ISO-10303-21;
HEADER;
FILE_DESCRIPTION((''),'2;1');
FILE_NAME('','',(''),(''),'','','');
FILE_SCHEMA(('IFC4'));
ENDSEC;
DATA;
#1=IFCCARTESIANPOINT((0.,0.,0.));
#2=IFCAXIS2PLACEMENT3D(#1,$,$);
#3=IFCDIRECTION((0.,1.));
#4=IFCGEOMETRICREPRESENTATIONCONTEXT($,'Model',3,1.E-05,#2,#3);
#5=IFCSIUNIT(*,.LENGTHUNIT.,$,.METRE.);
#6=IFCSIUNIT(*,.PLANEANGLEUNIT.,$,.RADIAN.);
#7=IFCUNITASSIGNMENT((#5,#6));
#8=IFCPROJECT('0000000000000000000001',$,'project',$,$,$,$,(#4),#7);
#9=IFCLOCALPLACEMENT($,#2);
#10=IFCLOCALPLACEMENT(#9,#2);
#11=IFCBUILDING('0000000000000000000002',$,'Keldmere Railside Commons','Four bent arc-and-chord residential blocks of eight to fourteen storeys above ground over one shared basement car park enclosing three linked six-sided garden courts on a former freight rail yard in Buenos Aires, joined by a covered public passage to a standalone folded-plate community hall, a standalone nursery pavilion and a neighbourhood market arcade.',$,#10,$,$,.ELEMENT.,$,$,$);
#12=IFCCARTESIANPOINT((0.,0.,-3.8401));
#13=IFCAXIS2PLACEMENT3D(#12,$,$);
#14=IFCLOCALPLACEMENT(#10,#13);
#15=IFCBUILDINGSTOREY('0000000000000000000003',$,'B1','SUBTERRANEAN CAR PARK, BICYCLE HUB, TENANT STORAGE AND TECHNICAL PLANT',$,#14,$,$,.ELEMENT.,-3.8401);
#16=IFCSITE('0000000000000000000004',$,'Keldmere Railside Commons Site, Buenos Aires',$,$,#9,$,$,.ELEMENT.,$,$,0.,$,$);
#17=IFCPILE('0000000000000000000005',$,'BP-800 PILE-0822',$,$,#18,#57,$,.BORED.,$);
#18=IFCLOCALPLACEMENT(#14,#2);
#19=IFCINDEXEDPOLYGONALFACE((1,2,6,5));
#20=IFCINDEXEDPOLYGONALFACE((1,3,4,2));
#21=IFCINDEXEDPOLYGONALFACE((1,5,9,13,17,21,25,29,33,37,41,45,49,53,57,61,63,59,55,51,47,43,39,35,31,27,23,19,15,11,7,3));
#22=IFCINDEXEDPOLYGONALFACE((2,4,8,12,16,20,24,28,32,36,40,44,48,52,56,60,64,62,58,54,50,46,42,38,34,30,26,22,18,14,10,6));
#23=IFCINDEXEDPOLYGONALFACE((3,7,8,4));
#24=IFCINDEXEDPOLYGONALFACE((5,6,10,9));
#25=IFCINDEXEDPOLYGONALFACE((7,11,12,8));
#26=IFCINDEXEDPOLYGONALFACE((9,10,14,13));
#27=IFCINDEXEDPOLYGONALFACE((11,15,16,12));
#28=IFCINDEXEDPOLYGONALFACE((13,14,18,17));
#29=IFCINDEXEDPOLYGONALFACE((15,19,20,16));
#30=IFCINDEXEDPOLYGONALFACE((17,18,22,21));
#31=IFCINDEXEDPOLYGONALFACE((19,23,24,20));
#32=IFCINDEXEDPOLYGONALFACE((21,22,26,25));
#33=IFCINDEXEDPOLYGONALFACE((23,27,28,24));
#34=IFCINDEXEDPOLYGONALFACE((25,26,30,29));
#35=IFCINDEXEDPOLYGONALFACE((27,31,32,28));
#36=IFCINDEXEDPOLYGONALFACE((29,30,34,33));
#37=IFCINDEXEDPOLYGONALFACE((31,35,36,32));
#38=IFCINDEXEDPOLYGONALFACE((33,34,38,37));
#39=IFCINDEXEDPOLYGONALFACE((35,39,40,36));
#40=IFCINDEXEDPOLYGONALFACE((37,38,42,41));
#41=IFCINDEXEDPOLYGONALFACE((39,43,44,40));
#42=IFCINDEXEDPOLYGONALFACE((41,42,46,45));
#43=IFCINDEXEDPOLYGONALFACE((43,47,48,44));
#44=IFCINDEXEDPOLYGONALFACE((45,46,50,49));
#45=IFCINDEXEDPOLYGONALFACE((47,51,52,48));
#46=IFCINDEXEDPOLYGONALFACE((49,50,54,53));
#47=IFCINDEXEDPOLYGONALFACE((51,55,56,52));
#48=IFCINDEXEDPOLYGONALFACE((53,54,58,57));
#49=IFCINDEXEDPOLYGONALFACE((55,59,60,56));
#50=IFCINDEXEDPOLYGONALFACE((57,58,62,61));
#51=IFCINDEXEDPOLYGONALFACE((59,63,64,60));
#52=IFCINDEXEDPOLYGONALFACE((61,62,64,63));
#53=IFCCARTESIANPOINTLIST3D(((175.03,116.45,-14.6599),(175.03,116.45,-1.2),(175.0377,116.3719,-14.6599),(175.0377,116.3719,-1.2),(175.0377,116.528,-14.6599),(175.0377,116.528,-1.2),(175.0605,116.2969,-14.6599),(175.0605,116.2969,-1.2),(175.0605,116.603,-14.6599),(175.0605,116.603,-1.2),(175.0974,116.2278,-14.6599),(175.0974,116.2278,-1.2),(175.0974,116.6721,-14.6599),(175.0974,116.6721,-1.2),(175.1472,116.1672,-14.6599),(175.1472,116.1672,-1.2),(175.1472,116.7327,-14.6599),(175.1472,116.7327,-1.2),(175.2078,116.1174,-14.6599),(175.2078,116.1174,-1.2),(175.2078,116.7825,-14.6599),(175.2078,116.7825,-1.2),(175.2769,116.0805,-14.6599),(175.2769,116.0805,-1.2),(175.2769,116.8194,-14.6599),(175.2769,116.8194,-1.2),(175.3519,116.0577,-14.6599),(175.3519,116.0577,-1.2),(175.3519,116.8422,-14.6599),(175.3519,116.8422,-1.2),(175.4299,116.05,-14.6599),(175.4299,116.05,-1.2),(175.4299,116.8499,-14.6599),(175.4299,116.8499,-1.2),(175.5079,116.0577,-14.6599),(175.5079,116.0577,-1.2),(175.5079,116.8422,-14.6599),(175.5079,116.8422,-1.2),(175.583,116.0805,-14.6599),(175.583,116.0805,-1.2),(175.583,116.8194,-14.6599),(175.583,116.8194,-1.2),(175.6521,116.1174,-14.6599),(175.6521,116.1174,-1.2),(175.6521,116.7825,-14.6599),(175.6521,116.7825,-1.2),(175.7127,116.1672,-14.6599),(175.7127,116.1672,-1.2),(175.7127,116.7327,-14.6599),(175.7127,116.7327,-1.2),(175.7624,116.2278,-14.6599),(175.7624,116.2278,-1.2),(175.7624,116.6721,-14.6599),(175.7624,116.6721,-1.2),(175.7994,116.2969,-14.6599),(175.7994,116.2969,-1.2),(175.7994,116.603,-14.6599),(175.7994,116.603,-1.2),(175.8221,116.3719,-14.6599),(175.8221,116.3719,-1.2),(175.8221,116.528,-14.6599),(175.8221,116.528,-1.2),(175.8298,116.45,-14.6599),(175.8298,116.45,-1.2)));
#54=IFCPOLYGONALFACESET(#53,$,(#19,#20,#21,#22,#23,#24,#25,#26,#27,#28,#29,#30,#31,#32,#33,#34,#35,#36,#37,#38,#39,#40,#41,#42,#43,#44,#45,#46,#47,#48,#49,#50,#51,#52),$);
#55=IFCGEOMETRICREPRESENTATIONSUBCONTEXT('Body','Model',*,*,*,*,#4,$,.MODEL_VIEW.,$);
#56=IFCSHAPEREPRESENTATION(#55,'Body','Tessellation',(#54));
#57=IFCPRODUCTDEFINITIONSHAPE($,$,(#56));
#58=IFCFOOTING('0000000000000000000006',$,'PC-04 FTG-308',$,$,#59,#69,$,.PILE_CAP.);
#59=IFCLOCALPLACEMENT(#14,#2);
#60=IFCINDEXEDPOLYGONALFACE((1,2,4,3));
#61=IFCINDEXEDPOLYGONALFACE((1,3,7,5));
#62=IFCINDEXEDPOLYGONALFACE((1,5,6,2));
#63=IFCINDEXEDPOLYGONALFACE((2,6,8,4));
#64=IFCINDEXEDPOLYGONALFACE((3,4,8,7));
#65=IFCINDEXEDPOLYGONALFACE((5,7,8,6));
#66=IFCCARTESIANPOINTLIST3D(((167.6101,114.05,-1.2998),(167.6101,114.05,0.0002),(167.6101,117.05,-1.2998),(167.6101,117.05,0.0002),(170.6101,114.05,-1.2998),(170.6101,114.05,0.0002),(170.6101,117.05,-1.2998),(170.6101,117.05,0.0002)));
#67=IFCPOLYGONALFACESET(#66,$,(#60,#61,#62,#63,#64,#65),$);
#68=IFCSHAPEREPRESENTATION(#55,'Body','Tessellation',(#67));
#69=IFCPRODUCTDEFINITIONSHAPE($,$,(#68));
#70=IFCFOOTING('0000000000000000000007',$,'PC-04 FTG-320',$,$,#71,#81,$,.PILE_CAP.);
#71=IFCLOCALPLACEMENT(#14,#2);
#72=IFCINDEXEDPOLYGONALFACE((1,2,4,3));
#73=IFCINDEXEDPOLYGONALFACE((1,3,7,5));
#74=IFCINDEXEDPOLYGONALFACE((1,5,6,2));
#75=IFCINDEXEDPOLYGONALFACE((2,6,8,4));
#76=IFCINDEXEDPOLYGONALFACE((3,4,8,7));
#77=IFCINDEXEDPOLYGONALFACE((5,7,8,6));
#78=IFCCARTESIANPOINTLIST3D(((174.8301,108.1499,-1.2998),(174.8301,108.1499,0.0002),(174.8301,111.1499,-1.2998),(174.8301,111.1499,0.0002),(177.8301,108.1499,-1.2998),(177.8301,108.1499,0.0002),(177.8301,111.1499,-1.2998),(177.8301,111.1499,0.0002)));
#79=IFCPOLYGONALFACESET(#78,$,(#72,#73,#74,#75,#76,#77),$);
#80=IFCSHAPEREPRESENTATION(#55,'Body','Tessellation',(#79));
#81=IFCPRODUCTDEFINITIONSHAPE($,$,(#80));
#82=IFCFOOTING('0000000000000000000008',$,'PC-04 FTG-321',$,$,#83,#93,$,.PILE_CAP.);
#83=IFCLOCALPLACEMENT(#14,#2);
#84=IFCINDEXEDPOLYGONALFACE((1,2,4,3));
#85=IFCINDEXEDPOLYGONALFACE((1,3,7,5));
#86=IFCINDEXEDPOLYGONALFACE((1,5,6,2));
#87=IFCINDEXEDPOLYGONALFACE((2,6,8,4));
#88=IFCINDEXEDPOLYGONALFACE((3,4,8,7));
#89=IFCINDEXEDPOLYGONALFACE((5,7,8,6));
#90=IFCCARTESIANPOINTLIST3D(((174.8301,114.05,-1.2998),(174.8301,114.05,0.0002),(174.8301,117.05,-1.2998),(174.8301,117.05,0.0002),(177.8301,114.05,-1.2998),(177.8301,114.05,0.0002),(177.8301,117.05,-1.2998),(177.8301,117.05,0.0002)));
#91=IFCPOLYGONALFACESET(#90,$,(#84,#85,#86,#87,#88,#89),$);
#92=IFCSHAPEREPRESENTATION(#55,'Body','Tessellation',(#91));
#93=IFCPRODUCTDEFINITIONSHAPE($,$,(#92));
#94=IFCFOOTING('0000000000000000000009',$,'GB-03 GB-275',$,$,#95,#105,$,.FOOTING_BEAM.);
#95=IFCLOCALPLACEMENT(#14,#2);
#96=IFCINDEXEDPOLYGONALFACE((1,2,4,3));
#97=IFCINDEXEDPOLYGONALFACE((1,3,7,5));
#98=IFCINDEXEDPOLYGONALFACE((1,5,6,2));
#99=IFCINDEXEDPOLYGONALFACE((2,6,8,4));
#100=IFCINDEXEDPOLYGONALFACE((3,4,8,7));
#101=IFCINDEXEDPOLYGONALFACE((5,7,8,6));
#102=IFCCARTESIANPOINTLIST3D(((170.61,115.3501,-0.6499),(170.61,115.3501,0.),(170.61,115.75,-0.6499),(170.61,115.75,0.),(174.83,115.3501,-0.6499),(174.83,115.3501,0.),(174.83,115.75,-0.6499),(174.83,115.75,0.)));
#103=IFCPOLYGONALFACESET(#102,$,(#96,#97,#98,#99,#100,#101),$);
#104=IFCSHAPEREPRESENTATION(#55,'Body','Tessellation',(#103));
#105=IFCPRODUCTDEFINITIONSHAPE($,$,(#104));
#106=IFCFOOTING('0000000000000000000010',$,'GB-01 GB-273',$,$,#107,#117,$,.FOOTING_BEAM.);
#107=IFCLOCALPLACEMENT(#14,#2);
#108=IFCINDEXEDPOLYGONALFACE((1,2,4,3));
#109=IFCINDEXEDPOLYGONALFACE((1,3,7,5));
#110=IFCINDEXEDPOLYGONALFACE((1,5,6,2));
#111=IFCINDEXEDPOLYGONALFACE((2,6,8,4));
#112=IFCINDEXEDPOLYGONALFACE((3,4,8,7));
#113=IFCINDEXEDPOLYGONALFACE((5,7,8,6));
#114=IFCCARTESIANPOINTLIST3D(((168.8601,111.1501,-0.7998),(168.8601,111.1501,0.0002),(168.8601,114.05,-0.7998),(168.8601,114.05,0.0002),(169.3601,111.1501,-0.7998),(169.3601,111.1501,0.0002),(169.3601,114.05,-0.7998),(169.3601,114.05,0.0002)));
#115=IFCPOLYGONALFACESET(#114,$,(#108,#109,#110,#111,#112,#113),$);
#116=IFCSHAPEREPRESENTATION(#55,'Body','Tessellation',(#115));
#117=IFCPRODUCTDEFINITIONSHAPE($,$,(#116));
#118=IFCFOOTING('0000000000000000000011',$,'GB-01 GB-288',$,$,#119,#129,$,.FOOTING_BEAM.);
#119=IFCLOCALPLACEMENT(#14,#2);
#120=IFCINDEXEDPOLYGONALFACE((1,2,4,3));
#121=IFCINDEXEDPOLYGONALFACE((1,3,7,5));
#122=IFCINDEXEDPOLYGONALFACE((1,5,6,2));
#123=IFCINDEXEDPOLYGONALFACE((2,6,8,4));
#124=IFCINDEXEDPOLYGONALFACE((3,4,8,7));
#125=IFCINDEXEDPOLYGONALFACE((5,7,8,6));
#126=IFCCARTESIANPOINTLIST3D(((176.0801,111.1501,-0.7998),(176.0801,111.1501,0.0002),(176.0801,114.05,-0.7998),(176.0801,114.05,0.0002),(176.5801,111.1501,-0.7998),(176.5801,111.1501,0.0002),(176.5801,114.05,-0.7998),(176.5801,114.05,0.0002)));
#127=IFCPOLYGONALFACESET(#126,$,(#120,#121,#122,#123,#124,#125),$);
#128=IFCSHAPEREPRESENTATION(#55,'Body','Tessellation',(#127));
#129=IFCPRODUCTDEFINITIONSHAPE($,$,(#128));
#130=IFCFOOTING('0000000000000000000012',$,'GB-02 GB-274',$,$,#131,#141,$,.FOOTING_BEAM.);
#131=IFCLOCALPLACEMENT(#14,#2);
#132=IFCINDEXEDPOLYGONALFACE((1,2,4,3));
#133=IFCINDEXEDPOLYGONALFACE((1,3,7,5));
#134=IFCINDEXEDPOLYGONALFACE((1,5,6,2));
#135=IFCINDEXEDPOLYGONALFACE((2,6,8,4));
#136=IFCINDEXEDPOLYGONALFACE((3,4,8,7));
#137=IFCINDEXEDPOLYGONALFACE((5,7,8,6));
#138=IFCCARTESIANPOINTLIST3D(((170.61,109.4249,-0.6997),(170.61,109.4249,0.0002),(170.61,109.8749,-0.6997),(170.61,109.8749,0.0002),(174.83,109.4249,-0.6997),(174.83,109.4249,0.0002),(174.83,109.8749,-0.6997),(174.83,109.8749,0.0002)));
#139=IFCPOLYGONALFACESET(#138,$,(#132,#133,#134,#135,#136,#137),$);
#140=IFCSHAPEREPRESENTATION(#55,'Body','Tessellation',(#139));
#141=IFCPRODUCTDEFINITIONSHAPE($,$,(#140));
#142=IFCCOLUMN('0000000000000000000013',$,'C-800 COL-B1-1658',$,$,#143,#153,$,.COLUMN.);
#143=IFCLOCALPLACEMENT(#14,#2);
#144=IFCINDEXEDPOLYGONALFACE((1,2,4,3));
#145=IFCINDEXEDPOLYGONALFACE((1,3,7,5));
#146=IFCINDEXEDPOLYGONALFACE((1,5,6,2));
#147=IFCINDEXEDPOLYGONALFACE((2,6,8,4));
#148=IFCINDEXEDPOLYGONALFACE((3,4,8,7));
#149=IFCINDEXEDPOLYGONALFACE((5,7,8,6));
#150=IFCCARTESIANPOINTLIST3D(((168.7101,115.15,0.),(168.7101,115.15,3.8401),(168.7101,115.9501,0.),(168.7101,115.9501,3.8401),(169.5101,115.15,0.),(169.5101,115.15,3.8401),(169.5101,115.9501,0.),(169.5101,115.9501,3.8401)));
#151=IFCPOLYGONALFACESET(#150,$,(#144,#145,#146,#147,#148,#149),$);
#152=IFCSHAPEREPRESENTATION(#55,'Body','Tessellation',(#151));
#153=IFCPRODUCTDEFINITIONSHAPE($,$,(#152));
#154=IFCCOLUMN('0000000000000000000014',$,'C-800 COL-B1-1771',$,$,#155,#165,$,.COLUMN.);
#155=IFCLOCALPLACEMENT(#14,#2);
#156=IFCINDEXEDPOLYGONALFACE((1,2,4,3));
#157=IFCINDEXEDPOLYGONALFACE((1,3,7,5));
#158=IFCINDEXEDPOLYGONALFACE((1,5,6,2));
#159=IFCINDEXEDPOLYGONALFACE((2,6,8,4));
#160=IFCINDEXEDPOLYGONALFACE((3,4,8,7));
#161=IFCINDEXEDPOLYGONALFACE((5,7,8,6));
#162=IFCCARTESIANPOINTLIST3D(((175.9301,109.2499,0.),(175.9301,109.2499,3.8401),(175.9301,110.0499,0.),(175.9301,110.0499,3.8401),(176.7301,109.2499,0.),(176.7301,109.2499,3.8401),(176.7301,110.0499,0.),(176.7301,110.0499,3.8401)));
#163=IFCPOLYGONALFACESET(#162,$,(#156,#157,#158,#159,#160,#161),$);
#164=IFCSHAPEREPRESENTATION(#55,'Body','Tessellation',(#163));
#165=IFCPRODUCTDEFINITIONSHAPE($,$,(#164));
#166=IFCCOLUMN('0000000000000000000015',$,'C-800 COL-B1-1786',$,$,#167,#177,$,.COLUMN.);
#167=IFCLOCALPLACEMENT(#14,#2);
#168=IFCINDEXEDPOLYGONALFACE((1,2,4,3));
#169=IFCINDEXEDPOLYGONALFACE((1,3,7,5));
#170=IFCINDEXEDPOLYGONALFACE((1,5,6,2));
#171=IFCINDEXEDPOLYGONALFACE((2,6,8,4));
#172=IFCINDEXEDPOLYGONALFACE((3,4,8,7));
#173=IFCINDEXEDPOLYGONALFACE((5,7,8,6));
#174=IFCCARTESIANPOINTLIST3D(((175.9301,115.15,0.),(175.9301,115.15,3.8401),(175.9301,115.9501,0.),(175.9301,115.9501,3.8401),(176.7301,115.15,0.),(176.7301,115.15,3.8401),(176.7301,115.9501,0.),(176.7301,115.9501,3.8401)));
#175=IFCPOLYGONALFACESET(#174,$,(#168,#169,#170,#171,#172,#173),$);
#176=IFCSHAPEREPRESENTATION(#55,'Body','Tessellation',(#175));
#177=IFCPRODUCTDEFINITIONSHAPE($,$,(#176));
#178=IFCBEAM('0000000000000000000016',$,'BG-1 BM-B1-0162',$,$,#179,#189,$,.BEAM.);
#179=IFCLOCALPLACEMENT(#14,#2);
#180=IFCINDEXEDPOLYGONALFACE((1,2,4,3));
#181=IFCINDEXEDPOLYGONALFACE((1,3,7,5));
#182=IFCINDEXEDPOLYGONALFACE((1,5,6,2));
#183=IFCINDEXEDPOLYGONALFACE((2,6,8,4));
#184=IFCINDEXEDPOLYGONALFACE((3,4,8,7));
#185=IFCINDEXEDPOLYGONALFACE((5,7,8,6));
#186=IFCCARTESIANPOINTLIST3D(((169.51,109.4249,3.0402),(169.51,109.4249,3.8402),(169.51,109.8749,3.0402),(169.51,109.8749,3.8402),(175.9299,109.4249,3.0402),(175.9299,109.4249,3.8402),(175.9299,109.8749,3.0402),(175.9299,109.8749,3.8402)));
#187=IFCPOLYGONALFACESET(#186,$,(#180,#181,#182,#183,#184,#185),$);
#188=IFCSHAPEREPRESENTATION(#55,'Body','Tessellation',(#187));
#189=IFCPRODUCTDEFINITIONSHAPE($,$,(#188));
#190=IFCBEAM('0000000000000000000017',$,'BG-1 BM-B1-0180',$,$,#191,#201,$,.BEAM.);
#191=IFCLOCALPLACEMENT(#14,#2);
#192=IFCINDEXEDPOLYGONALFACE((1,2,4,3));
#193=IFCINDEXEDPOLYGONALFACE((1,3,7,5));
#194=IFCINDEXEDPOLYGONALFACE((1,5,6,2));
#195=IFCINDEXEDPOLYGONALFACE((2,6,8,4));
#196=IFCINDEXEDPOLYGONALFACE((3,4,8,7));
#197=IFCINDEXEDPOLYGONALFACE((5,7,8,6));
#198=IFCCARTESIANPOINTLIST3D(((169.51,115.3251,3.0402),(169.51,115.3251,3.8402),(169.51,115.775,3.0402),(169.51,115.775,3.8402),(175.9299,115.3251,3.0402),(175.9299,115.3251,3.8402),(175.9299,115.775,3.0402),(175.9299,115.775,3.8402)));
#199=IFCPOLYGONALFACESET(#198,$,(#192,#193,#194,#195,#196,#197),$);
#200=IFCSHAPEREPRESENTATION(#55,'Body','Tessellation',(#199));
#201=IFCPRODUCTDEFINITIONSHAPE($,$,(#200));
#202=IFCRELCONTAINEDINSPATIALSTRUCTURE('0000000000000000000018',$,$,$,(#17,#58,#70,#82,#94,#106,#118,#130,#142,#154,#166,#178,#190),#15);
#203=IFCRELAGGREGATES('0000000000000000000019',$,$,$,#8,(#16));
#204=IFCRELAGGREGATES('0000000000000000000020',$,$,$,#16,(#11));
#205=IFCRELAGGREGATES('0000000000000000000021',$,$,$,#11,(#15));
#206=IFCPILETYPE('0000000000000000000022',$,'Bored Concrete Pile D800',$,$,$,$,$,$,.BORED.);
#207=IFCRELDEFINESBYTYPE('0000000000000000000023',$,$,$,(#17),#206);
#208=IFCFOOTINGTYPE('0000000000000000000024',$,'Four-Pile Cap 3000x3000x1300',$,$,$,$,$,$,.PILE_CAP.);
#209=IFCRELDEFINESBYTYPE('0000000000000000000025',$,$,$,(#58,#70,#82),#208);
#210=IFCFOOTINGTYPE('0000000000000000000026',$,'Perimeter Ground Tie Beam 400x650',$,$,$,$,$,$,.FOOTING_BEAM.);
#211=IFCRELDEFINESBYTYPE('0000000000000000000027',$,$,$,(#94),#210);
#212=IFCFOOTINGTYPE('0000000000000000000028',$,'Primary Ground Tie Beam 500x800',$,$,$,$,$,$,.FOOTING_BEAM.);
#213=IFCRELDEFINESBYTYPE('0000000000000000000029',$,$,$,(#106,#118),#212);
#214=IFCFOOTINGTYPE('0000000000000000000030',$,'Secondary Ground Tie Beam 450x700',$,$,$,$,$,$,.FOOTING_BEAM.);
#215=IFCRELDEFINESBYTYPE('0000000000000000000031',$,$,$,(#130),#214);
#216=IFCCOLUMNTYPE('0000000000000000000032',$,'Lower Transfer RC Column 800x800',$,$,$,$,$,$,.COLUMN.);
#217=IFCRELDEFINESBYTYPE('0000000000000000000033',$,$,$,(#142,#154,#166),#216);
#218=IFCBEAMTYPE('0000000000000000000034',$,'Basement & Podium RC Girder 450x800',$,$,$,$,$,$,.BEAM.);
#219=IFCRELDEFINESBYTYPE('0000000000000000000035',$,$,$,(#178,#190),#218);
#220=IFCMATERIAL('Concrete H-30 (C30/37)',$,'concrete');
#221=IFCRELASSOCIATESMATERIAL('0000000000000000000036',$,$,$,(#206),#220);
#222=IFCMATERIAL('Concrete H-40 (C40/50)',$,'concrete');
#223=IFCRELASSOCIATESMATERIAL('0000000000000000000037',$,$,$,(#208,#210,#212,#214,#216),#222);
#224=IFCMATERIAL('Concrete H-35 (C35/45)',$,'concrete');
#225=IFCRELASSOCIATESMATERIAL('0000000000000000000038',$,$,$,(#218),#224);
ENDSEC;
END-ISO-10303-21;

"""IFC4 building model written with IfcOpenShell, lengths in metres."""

from ifc_helpers import new_model, si_unit, direction, frame, origin, origin_2d, place, context, subcontext, project, spatial, rectangle, circle, extrude, material, material_profile, profile_set, type_object, element, save


model = new_model("IFC4")

# Units and contexts
model_context = context("Model", 3, precision=1e-05, world=origin(), true_north=direction((0.0, 1.0)))
body_context = subcontext(model_context, "Body", "Model", "MODEL_VIEW")
ifc_project = project(units=[si_unit("LENGTHUNIT", "METRE"), si_unit("PLANEANGLEUNIT", "RADIAN")], contexts=[model_context])

# Site, building, storey
site_placement = place(None, origin())
site = spatial("IfcSite", under=ifc_project, at=site_placement, Name="Keldmere Railside Commons Site, Buenos Aires", CompositionType="ELEMENT", RefElevation=0.0)
building_placement = place(site_placement, origin())
building = spatial("IfcBuilding", under=site, at=building_placement, Name="Keldmere Railside Commons", Description="Four bent arc-and-chord residential blocks of eight to fourteen storeys above ground over one shared basement car park enclosing three linked six-sided garden courts on a former freight rail yard in Buenos Aires, joined by a covered public passage to a standalone folded-plate community hall, a standalone nursery pavilion and a neighbourhood market arcade.", CompositionType="ELEMENT")
storey_placement = place(building_placement, frame((0.0, 0.0, -3.8401)))
storey = spatial("IfcBuildingStorey", under=building, at=storey_placement, Name="B1", Description="SUBTERRANEAN CAR PARK, BICYCLE HUB, TENANT STORAGE AND TECHNICAL PLANT", CompositionType="ELEMENT", Elevation=-3.8401)

# Pile
ifc_material_1 = material(Name="Concrete H-30 (C30/37)", Category="concrete")
ifc_material_profile_1 = material_profile(ifc_material_1, circle(Radius=0.3999, at=origin_2d()), Name="PILE-D800")
ifc_profile_set_1 = profile_set([ifc_material_profile_1], Name="Concrete H-30 (C30/37)")
pile_type = type_object("IfcPileType", Name="Bored Concrete Pile D800", PredefinedType="BORED", material=ifc_profile_set_1)
for number, where, z_axis, x_axis, name in (
    (1, (175.4299, 116.45, -1.2), (0.0, 0.0, -1.0), (1.0, 0.0, 0.0), "BP-800 PILE-0822"),
):
    element("IfcPile", number, at=place(storey_placement, frame(where, z_axis=z_axis, x_axis=x_axis)), inside=storey, type_object=pile_type, Name=name, PredefinedType="BORED", context=body_context, shape_type="SweptSolid", body=[
        extrude(circle(Radius=0.3999, at=origin_2d()), origin(), (0.0, 0.0, 1.0), 13.46),
    ])

# Footings
ifc_material_2 = material(Name="Concrete H-40 (C40/50)", Category="concrete")
footing_type_1 = type_object("IfcFootingType", Name="Four-Pile Cap 3000x3000x1300", PredefinedType="PILE_CAP", material=ifc_material_2)
for number, where, z_axis, x_axis, name in (
    (2, (169.1101, 115.55, -1.2998), (0.0, 0.0, 1.0), (1.0, 0.0, 0.0), "PC-04 FTG-308"),
    (3, (176.3301, 109.6499, -1.2998), (0.0, 0.0, 1.0), (1.0, 0.0, 0.0), "PC-04 FTG-320"),
    (4, (176.3301, 115.55, -1.2998), (0.0, 0.0, 1.0), (1.0, 0.0, 0.0), "PC-04 FTG-321"),
):
    element("IfcFooting", number, at=place(storey_placement, frame(where, z_axis=z_axis, x_axis=x_axis)), inside=storey, type_object=footing_type_1, Name=name, PredefinedType="PILE_CAP", context=body_context, shape_type="SweptSolid", body=[
        extrude(rectangle(XDim=3.0, YDim=3.0, at=origin_2d()), origin(), (0.0, 0.0, 1.0), 1.3),
    ])
footing_type_2 = type_object("IfcFootingType", Name="Perimeter Ground Tie Beam 400x650", PredefinedType="FOOTING_BEAM", material=ifc_material_2)
footing_1_placement = place(storey_placement, frame((172.72, 115.55, -0.6499), z_axis=(0.0, 0.0, 1.0), x_axis=(1.0, 0.0, 0.0)))
element("IfcFooting", 5, at=footing_1_placement, inside=storey, type_object=footing_type_2, Name="GB-03 GB-275", PredefinedType="FOOTING_BEAM", context=body_context, shape_type="SweptSolid", body=[
    extrude(rectangle(XDim=4.22, YDim=0.3999, at=origin_2d()), origin(), (0.0, 0.0, 1.0), 0.6499),
])
footing_type_3 = type_object("IfcFootingType", Name="Primary Ground Tie Beam 500x800", PredefinedType="FOOTING_BEAM", material=ifc_material_2)
for number, where, z_axis, x_axis, name in (
    (6, (169.1101, 112.6001, -0.7998), (0.0, 0.0, 1.0), (0.0, 1.0, 0.0), "GB-01 GB-273"),
    (7, (176.3301, 112.6001, -0.7998), (0.0, 0.0, 1.0), (0.0, 1.0, 0.0), "GB-01 GB-288"),
):
    element("IfcFooting", number, at=place(storey_placement, frame(where, z_axis=z_axis, x_axis=x_axis)), inside=storey, type_object=footing_type_3, Name=name, PredefinedType="FOOTING_BEAM", context=body_context, shape_type="SweptSolid", body=[
        extrude(rectangle(XDim=2.8999, YDim=0.5, at=origin_2d()), origin(), (0.0, 0.0, 1.0), 0.8),
    ])
footing_type_4 = type_object("IfcFootingType", Name="Secondary Ground Tie Beam 450x700", PredefinedType="FOOTING_BEAM", material=ifc_material_2)
footing_2_placement = place(storey_placement, frame((172.72, 109.6499, -0.6997), z_axis=(0.0, 0.0, 1.0), x_axis=(1.0, 0.0, 0.0)))
element("IfcFooting", 8, at=footing_2_placement, inside=storey, type_object=footing_type_4, Name="GB-02 GB-274", PredefinedType="FOOTING_BEAM", context=body_context, shape_type="SweptSolid", body=[
    extrude(rectangle(XDim=4.22, YDim=0.45, at=origin_2d()), origin(), (0.0, 0.0, 1.0), 0.7),
])

# Columns
ifc_material_profile_2 = material_profile(ifc_material_2, rectangle(XDim=0.8, YDim=0.8, at=origin_2d()), Name="RC-800x800")
ifc_profile_set_2 = profile_set([ifc_material_profile_2], Name="Concrete H-40 (C40/50)")
column_type = type_object("IfcColumnType", Name="Lower Transfer RC Column 800x800", PredefinedType="COLUMN", material=ifc_profile_set_2)
for number, where, z_axis, x_axis, name in (
    (9, (169.1101, 115.55, 0.0), (0.0, 0.0, 1.0), (1.0, 0.0, 0.0), "C-800 COL-B1-1658"),
    (10, (176.3301, 109.6499, 0.0), (0.0, 0.0, 1.0), (1.0, 0.0, 0.0), "C-800 COL-B1-1771"),
    (11, (176.3301, 115.55, 0.0), (0.0, 0.0, 1.0), (1.0, 0.0, 0.0), "C-800 COL-B1-1786"),
):
    element("IfcColumn", number, at=place(storey_placement, frame(where, z_axis=z_axis, x_axis=x_axis)), inside=storey, type_object=column_type, Name=name, PredefinedType="COLUMN", context=body_context, shape_type="SweptSolid", body=[
        extrude(rectangle(XDim=0.8, YDim=0.8, at=origin_2d()), origin(), (0.0, 0.0, 1.0), 3.8401),
    ])

# Beams
ifc_material_3 = material(Name="Concrete H-35 (C35/45)", Category="concrete")
ifc_material_profile_3 = material_profile(ifc_material_3, rectangle(XDim=0.45, YDim=0.8, at=origin_2d()), Name="RC-450x800")
ifc_profile_set_3 = profile_set([ifc_material_profile_3], Name="Concrete H-35 (C35/45)")
beam_type_1 = type_object("IfcBeamType", Name="Basement & Podium RC Girder 450x800", PredefinedType="BEAM", material=ifc_profile_set_3)
for number, where, z_axis, x_axis, name in (
    (12, (169.51, 109.6499, 3.4402), (1.0, 0.0, 0.0), (0.0, 1.0, 0.0), "BG-1 BM-B1-0162"),
    (13, (169.51, 115.55, 3.4402), (1.0, 0.0, 0.0), (0.0, 1.0, 0.0), "BG-1 BM-B1-0180"),
):
    element("IfcBeam", number, at=place(storey_placement, frame(where, z_axis=z_axis, x_axis=x_axis)), inside=storey, type_object=beam_type_1, Name=name, PredefinedType="BEAM", context=body_context, shape_type="SweptSolid", body=[
        extrude(rectangle(XDim=0.45, YDim=0.8, at=origin_2d()), origin(), (0.0, 0.0, 1.0), 6.4199),
    ])

save(model, "model.ifc")
